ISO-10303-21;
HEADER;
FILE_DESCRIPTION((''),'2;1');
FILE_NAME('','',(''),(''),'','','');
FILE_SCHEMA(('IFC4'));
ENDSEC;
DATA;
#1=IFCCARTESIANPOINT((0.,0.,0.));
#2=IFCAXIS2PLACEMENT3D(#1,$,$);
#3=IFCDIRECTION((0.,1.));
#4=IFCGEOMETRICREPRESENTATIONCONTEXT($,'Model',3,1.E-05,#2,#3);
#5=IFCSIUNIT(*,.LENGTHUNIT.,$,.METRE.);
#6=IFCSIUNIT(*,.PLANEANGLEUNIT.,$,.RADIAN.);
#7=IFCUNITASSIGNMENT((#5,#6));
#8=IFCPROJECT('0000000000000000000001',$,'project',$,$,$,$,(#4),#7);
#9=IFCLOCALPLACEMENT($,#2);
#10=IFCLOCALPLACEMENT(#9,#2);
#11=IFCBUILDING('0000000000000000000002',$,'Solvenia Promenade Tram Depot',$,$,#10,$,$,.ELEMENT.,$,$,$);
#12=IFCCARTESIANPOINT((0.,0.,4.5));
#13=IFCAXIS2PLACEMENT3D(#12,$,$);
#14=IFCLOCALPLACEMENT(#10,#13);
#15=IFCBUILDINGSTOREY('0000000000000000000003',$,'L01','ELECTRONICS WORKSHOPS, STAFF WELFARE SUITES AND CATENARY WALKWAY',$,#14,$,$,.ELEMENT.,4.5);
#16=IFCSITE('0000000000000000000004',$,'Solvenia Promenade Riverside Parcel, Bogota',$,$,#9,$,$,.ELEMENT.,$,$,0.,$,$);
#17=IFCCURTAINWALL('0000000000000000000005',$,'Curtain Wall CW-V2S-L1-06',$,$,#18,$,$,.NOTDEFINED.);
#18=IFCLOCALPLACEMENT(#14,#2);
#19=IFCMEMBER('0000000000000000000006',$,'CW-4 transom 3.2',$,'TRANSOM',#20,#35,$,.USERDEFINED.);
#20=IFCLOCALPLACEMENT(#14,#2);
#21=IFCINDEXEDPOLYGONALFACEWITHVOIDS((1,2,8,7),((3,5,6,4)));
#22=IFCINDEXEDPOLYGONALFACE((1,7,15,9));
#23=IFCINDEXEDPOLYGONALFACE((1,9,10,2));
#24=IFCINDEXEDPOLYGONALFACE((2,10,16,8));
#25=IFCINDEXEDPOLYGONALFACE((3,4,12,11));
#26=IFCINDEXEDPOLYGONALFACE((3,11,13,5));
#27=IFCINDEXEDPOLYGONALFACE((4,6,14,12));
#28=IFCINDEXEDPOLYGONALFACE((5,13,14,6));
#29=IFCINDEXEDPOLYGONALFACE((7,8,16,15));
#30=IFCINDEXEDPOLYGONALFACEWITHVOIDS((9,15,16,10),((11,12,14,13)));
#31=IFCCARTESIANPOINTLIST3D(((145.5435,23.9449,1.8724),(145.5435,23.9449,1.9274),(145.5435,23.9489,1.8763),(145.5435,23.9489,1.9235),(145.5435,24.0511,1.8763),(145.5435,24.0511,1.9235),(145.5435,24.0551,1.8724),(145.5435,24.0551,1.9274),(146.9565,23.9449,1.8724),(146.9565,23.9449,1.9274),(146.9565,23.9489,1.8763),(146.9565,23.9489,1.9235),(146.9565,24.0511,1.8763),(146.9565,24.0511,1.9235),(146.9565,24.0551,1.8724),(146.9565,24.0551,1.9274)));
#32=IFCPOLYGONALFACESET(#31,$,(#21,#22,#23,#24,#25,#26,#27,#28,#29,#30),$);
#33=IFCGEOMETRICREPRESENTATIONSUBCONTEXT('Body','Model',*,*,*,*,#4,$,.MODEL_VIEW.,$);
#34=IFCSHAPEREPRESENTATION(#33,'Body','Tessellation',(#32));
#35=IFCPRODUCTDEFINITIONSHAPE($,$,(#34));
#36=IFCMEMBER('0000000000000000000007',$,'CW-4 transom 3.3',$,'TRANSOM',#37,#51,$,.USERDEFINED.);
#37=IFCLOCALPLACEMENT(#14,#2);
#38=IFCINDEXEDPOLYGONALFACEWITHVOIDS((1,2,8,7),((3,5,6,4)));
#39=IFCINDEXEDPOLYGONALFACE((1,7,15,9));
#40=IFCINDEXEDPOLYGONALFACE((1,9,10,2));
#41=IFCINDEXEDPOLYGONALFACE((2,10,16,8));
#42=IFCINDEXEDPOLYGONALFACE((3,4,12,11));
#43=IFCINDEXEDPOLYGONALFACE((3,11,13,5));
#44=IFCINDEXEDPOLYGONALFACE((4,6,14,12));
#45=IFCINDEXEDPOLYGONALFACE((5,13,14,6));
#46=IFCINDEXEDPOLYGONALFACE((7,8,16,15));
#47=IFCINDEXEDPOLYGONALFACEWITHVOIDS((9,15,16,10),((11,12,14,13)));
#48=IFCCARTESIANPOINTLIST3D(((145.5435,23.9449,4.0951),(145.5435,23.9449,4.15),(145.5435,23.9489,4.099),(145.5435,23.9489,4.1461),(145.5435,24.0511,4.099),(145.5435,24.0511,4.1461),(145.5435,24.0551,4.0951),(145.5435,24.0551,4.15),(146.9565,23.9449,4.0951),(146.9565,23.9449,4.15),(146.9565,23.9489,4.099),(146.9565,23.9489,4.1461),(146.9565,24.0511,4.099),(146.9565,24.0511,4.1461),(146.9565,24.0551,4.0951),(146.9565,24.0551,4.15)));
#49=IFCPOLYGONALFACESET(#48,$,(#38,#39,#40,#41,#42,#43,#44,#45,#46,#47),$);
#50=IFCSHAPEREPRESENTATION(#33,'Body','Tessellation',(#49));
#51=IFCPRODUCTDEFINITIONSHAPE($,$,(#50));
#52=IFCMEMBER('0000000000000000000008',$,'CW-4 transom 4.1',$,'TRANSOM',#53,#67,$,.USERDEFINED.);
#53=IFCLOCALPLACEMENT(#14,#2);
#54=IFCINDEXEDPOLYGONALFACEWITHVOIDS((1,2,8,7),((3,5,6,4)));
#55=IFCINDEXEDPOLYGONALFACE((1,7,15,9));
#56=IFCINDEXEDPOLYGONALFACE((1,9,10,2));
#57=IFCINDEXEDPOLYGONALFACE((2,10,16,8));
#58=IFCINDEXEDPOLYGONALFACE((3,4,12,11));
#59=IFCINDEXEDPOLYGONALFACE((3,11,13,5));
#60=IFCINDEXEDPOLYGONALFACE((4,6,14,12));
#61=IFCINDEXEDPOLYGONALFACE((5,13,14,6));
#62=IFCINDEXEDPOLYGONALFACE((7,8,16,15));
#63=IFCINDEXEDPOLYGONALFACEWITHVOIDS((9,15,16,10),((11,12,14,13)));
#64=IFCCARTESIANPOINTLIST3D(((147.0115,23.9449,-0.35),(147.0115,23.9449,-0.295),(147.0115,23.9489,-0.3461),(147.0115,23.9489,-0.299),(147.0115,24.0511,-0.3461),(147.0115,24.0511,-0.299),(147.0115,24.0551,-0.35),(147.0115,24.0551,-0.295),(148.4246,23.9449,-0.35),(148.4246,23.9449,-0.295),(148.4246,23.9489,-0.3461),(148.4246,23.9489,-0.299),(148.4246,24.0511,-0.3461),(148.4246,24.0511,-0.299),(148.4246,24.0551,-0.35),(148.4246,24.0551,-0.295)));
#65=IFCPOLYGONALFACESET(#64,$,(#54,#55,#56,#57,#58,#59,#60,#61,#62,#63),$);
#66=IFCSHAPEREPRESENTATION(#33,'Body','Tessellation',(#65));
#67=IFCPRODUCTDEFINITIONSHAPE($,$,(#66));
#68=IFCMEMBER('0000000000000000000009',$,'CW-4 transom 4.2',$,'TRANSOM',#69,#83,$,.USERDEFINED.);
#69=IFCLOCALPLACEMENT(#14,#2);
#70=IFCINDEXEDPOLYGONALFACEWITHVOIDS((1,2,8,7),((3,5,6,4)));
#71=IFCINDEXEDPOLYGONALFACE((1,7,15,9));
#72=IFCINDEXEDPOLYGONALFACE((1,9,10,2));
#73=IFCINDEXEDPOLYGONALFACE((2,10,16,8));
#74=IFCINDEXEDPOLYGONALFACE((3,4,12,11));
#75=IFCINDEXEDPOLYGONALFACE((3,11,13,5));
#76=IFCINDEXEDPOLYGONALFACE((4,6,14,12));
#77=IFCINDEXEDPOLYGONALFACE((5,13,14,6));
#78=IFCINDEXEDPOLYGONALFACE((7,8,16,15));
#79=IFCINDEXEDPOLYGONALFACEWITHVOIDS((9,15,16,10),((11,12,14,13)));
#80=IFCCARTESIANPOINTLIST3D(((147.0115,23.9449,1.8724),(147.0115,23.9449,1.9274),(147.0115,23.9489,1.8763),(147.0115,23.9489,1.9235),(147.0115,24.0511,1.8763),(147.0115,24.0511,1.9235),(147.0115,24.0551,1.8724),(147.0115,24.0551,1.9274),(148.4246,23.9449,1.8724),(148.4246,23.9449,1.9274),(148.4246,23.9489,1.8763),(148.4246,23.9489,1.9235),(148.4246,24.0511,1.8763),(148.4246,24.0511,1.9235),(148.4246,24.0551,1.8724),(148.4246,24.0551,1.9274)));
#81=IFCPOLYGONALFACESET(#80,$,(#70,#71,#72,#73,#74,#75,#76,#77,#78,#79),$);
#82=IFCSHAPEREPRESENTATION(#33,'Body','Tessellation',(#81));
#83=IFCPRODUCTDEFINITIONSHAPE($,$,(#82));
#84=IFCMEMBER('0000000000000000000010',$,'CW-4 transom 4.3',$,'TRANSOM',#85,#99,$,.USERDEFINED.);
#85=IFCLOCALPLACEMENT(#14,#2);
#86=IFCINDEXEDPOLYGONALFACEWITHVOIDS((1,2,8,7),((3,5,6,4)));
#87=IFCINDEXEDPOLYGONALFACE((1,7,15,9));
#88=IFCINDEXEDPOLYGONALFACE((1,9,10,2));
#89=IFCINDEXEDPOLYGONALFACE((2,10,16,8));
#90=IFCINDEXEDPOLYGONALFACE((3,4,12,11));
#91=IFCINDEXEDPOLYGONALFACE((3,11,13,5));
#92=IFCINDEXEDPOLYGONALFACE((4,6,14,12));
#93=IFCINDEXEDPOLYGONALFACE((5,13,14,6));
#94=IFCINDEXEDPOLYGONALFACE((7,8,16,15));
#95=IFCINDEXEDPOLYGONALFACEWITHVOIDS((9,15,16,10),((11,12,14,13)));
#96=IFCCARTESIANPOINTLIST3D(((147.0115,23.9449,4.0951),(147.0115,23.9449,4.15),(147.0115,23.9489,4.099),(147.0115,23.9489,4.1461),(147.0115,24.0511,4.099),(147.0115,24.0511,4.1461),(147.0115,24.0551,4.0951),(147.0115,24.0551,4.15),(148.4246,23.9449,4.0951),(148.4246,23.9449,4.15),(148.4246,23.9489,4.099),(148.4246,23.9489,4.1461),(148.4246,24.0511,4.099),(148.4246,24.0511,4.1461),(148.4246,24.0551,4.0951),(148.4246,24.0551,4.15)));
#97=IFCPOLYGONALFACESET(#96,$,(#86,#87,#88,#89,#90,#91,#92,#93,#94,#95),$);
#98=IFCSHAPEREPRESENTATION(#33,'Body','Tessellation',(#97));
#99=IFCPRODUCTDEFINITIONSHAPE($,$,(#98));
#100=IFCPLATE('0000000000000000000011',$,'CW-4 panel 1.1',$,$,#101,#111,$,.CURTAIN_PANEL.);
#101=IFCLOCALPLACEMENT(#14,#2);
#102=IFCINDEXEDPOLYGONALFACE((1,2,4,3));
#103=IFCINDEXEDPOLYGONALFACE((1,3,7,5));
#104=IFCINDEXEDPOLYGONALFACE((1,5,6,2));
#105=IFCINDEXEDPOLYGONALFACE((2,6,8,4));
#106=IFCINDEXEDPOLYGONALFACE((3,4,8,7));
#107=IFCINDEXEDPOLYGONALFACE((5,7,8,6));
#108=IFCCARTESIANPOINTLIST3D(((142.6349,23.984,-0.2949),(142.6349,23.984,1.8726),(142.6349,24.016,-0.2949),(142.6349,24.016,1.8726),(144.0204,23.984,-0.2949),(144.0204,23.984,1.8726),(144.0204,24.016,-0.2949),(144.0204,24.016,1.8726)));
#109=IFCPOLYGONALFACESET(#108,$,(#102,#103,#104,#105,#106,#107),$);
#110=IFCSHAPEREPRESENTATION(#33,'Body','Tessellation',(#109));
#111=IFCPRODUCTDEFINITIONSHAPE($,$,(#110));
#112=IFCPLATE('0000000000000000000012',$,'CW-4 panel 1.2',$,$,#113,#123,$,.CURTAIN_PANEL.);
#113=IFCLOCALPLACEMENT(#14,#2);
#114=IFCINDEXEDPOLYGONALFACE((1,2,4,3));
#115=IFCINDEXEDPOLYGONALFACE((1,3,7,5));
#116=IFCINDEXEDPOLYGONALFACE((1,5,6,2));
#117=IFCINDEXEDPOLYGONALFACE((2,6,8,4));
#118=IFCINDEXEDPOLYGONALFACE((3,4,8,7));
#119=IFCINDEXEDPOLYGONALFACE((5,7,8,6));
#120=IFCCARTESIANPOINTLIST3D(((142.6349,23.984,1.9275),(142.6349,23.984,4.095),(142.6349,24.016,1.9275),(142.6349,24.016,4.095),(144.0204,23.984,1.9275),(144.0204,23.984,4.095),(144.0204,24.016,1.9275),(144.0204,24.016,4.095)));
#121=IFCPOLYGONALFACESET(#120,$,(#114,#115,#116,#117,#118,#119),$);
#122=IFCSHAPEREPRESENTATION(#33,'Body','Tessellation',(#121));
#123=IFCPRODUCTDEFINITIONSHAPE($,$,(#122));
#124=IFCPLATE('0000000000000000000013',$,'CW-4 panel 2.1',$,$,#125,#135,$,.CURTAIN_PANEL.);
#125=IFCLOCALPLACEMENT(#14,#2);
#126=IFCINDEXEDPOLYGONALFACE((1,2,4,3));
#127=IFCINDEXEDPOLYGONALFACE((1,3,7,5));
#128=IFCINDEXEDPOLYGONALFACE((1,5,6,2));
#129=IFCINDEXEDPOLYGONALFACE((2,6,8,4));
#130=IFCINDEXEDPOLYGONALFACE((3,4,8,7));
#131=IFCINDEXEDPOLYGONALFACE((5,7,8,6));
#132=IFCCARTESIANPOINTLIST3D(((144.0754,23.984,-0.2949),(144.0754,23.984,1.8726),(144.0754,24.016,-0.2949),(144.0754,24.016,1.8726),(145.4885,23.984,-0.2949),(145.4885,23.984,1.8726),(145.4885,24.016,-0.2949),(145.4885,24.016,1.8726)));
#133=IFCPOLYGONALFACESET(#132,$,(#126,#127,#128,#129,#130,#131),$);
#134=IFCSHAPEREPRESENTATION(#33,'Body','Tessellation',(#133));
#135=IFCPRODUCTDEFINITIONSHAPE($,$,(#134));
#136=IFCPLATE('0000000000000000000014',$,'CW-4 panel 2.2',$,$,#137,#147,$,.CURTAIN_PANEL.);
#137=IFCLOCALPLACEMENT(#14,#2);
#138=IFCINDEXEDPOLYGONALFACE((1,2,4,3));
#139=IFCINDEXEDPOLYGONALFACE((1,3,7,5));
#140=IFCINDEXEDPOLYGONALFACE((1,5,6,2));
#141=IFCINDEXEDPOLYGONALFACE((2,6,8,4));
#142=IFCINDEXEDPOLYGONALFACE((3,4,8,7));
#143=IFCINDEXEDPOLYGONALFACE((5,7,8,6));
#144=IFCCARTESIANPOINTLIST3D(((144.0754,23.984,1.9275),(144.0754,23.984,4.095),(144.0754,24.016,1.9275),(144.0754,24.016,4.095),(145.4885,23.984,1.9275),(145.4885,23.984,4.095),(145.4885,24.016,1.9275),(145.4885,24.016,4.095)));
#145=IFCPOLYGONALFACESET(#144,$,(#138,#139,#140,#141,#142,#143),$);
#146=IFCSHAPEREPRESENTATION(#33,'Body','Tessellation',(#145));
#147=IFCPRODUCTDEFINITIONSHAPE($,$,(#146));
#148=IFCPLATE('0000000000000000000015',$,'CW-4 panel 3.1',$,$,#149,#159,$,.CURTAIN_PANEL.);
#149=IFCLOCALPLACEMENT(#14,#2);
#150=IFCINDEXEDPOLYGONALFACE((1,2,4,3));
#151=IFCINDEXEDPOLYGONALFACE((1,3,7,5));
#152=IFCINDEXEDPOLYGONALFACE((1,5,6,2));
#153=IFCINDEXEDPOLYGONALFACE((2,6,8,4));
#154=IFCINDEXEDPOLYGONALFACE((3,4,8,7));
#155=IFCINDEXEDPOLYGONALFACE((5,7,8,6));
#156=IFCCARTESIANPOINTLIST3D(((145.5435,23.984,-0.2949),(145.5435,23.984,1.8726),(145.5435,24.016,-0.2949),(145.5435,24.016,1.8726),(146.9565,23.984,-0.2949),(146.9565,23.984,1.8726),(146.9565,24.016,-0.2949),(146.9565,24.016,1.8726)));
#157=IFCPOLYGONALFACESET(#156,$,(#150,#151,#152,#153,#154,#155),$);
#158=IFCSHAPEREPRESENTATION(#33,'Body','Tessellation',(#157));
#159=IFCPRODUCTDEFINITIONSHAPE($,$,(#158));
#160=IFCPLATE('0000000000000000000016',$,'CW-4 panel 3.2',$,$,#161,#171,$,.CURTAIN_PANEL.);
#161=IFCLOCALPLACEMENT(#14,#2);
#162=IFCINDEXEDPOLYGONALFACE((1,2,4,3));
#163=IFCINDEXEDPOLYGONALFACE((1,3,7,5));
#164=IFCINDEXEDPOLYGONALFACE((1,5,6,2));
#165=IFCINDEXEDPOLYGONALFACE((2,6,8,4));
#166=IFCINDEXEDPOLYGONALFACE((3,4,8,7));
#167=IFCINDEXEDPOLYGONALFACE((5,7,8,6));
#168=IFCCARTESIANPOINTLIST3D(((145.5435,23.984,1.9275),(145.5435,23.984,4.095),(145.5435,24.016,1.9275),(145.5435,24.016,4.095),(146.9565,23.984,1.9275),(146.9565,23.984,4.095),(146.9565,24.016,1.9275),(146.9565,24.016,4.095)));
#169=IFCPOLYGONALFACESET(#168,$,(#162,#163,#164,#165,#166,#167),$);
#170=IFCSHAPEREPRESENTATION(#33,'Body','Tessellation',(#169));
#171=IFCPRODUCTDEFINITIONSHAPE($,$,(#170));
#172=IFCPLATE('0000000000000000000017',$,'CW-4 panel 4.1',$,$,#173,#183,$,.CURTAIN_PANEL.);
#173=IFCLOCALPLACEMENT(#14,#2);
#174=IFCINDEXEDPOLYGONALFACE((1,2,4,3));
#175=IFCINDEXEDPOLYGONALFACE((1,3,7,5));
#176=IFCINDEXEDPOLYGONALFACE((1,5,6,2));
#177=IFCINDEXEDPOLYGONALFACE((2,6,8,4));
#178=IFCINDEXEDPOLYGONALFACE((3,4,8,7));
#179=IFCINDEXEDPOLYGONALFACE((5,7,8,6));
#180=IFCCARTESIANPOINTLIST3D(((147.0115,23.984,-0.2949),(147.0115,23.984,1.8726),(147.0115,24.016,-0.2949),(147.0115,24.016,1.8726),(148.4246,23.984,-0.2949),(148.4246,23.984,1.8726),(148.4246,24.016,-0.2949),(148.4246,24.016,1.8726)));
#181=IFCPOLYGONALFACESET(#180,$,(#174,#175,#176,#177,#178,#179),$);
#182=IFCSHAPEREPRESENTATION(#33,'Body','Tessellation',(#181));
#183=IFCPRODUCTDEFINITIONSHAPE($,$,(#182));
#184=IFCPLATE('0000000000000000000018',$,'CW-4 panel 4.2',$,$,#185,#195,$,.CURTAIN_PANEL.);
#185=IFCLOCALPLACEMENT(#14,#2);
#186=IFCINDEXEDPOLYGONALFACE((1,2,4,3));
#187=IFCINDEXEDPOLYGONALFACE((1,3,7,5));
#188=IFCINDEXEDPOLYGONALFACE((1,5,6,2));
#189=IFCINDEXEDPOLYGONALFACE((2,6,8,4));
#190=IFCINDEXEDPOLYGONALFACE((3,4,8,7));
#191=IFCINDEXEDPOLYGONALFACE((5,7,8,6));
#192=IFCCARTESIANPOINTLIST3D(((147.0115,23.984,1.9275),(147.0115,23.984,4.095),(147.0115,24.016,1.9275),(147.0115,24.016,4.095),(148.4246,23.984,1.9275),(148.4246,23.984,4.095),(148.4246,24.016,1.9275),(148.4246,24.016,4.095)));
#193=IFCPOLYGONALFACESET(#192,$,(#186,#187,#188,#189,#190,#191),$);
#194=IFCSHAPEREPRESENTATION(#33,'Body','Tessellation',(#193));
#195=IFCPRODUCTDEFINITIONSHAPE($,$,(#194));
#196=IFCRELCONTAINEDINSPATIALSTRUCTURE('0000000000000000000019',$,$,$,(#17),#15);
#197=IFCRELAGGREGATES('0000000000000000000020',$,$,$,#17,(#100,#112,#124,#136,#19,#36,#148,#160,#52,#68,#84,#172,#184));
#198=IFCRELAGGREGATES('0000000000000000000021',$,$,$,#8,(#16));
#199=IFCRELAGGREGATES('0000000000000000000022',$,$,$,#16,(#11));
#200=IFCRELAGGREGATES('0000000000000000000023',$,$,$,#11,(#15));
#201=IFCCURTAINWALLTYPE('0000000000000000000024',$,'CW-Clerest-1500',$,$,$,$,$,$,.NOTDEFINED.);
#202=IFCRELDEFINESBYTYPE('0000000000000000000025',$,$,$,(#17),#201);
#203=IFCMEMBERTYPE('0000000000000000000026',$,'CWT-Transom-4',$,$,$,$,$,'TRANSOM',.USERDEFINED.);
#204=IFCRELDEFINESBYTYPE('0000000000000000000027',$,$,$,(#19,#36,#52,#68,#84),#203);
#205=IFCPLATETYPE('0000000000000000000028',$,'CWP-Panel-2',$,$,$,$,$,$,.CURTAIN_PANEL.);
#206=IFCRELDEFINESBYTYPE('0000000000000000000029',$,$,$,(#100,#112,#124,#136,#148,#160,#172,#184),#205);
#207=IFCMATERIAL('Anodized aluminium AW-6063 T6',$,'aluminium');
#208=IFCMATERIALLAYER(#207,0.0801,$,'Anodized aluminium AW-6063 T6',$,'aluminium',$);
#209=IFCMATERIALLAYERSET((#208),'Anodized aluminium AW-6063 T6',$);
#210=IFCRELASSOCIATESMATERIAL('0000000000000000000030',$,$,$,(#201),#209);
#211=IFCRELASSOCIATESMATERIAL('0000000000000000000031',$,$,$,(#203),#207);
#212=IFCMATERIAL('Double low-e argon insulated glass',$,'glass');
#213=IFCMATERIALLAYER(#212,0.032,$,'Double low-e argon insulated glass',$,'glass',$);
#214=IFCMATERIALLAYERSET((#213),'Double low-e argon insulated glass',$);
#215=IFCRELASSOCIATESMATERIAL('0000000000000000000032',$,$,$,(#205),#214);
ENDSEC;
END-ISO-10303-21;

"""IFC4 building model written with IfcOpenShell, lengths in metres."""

from ifc_helpers import new_model, si_unit, direction, frame, origin, origin_2d, place, context, subcontext, project, spatial, rectangle, hollow_rectangle, extrude, material, layer, layer_set, material_profile, profile_set, type_object, element, aggregate, save


model = new_model("IFC4")

# Units and contexts
model_context = context("Model", 3, precision=1e-05, world=origin(), true_north=direction((0.0, 1.0)))
body_context = subcontext(model_context, "Body", "Model", "MODEL_VIEW")
ifc_project = project(units=[si_unit("LENGTHUNIT", "METRE"), si_unit("PLANEANGLEUNIT", "RADIAN")], contexts=[model_context])

# Site, building, storey
site_placement = place(None, origin())
site = spatial("IfcSite", under=ifc_project, at=site_placement, Name="Solvenia Promenade Riverside Parcel, Bogota", CompositionType="ELEMENT", RefElevation=0.0)
building_placement = place(site_placement, origin())
building = spatial("IfcBuilding", under=site, at=building_placement, Name="Solvenia Promenade Tram Depot", CompositionType="ELEMENT")
storey_placement = place(building_placement, frame((0.0, 0.0, 4.5)))
storey = spatial("IfcBuildingStorey", under=building, at=storey_placement, Name="L01", Description="ELECTRONICS WORKSHOPS, STAFF WELFARE SUITES AND CATENARY WALKWAY", CompositionType="ELEMENT", Elevation=4.5)

# Curtain wall, members, plates
ifc_material_1 = material(Name="Anodized aluminium AW-6063 T6", Category="aluminium")
ifc_layer_1 = layer(ifc_material_1, 0.0801, Name="Anodized aluminium AW-6063 T6", Category="aluminium")
ifc_layer_set_1 = layer_set([ifc_layer_1], Name="Anodized aluminium AW-6063 T6")
curtain_wall_type = type_object("IfcCurtainWallType", Name="CW-Clerest-1500", PredefinedType="NOTDEFINED", material=ifc_layer_set_1)
curtain_wall_placement = place(storey_placement, origin())
curtain_wall = element("IfcCurtainWall", 1, at=curtain_wall_placement, inside=storey, type_object=curtain_wall_type, Name="Curtain Wall CW-V2S-L1-06", PredefinedType="NOTDEFINED")
ifc_material_profile_1 = material_profile(ifc_material_1, hollow_rectangle(XDim=0.1101, YDim=0.0549, WallThickness=0.0039, at=origin_2d()), Name="ALU-T4", Category="aluminium")
ifc_profile_set_1 = profile_set([ifc_material_profile_1], Name="Anodized aluminium AW-6063 T6")
member_type_1 = type_object("IfcMemberType", Name="CWT-Transom-4", ElementType="TRANSOM", PredefinedType="USERDEFINED", material=ifc_profile_set_1)
member_1_placement = place(storey_placement, frame((145.5435, 24.0, 1.8999), z_axis=(1.0, 0.0, 0.0), x_axis=(0.0, 1.0, 0.0)))
member_1 = element("IfcMember", 2, at=member_1_placement, type_object=member_type_1, Name="CW-4 transom 3.2", ObjectType="TRANSOM", PredefinedType="USERDEFINED", context=body_context, shape_type="SweptSolid", body=[
    extrude(hollow_rectangle(XDim=0.1101, YDim=0.0549, WallThickness=0.0039, at=origin_2d()), origin(), (0.0, 0.0, 1.0), 1.4131),
])
member_2_placement = place(storey_placement, frame((145.5435, 24.0, 4.1226), z_axis=(1.0, 0.0, 0.0), x_axis=(0.0, 1.0, 0.0)))
member_2 = element("IfcMember", 3, at=member_2_placement, type_object=member_type_1, Name="CW-4 transom 3.3", ObjectType="TRANSOM", PredefinedType="USERDEFINED", context=body_context, shape_type="SweptSolid", body=[
    extrude(hollow_rectangle(XDim=0.1101, YDim=0.0549, WallThickness=0.0039, at=origin_2d()), origin(), (0.0, 0.0, 1.0), 1.4131),
])
member_3_placement = place(storey_placement, frame((147.0115, 24.0, -0.3225), z_axis=(1.0, 0.0, 0.0), x_axis=(0.0, 1.0, 0.0)))
member_3 = element("IfcMember", 4, at=member_3_placement, type_object=member_type_1, Name="CW-4 transom 4.1", ObjectType="TRANSOM", PredefinedType="USERDEFINED", context=body_context, shape_type="SweptSolid", body=[
    extrude(hollow_rectangle(XDim=0.1101, YDim=0.0549, WallThickness=0.0039, at=origin_2d()), origin(), (0.0, 0.0, 1.0), 1.4131),
])
member_4_placement = place(storey_placement, frame((147.0115, 24.0, 1.8999), z_axis=(1.0, 0.0, 0.0), x_axis=(0.0, 1.0, 0.0)))
member_4 = element("IfcMember", 5, at=member_4_placement, type_object=member_type_1, Name="CW-4 transom 4.2", ObjectType="TRANSOM", PredefinedType="USERDEFINED", context=body_context, shape_type="SweptSolid", body=[
    extrude(hollow_rectangle(XDim=0.1101, YDim=0.0549, WallThickness=0.0039, at=origin_2d()), origin(), (0.0, 0.0, 1.0), 1.4131),
])
member_5_placement = place(storey_placement, frame((147.0115, 24.0, 4.1226), z_axis=(1.0, 0.0, 0.0), x_axis=(0.0, 1.0, 0.0)))
member_5 = element("IfcMember", 6, at=member_5_placement, type_object=member_type_1, Name="CW-4 transom 4.3", ObjectType="TRANSOM", PredefinedType="USERDEFINED", context=body_context, shape_type="SweptSolid", body=[
    extrude(hollow_rectangle(XDim=0.1101, YDim=0.0549, WallThickness=0.0039, at=origin_2d()), origin(), (0.0, 0.0, 1.0), 1.4131),
])
ifc_material_2 = material(Name="Double low-e argon insulated glass", Category="glass")
ifc_layer_2 = layer(ifc_material_2, 0.032, Name="Double low-e argon insulated glass", Category="glass")
ifc_layer_set_2 = layer_set([ifc_layer_2], Name="Double low-e argon insulated glass")
plate_type = type_object("IfcPlateType", Name="CWP-Panel-2", PredefinedType="CURTAIN_PANEL", material=ifc_layer_set_2)
plate_1_placement = place(storey_placement, frame((143.3276, 24.0, -0.2949), z_axis=(0.0, 0.0, 1.0), x_axis=(1.0, 0.0, 0.0)))
plate_1 = element("IfcPlate", 7, at=plate_1_placement, type_object=plate_type, Name="CW-4 panel 1.1", PredefinedType="CURTAIN_PANEL", context=body_context, shape_type="SweptSolid", body=[
    extrude(rectangle(XDim=1.3855, YDim=0.032, at=origin_2d()), origin(), (0.0, 0.0, 1.0), 2.1675),
])
plate_2_placement = place(storey_placement, frame((143.3276, 24.0, 1.9275), z_axis=(0.0, 0.0, 1.0), x_axis=(1.0, 0.0, 0.0)))
plate_2 = element("IfcPlate", 8, at=plate_2_placement, type_object=plate_type, Name="CW-4 panel 1.2", PredefinedType="CURTAIN_PANEL", context=body_context, shape_type="SweptSolid", body=[
    extrude(rectangle(XDim=1.3855, YDim=0.032, at=origin_2d()), origin(), (0.0, 0.0, 1.0), 2.1675),
])
plate_3_placement = place(storey_placement, frame((144.782, 24.0, -0.2949), z_axis=(0.0, 0.0, 1.0), x_axis=(1.0, 0.0, 0.0)))
plate_3 = element("IfcPlate", 9, at=plate_3_placement, type_object=plate_type, Name="CW-4 panel 2.1", PredefinedType="CURTAIN_PANEL", context=body_context, shape_type="SweptSolid", body=[
    extrude(rectangle(XDim=1.4131, YDim=0.032, at=origin_2d()), origin(), (0.0, 0.0, 1.0), 2.1675),
])
plate_4_placement = place(storey_placement, frame((144.782, 24.0, 1.9275), z_axis=(0.0, 0.0, 1.0), x_axis=(1.0, 0.0, 0.0)))
plate_4 = element("IfcPlate", 10, at=plate_4_placement, type_object=plate_type, Name="CW-4 panel 2.2", PredefinedType="CURTAIN_PANEL", context=body_context, shape_type="SweptSolid", body=[
    extrude(rectangle(XDim=1.4131, YDim=0.032, at=origin_2d()), origin(), (0.0, 0.0, 1.0), 2.1675),
])
plate_5_placement = place(storey_placement, frame((146.25, 24.0, -0.2949), z_axis=(0.0, 0.0, 1.0), x_axis=(1.0, 0.0, 0.0)))
plate_5 = element("IfcPlate", 11, at=plate_5_placement, type_object=plate_type, Name="CW-4 panel 3.1", PredefinedType="CURTAIN_PANEL", context=body_context, shape_type="SweptSolid", body=[
    extrude(rectangle(XDim=1.4131, YDim=0.032, at=origin_2d()), origin(), (0.0, 0.0, 1.0), 2.1675),
])
plate_6_placement = place(storey_placement, frame((146.25, 24.0, 1.9275), z_axis=(0.0, 0.0, 1.0), x_axis=(1.0, 0.0, 0.0)))
plate_6 = element("IfcPlate", 12, at=plate_6_placement, type_object=plate_type, Name="CW-4 panel 3.2", PredefinedType="CURTAIN_PANEL", context=body_context, shape_type="SweptSolid", body=[
    extrude(rectangle(XDim=1.4131, YDim=0.032, at=origin_2d()), origin(), (0.0, 0.0, 1.0), 2.1675),
])
plate_7_placement = place(storey_placement, frame((147.718, 24.0, -0.2949), z_axis=(0.0, 0.0, 1.0), x_axis=(1.0, 0.0, 0.0)))
plate_7 = element("IfcPlate", 13, at=plate_7_placement, type_object=plate_type, Name="CW-4 panel 4.1", PredefinedType="CURTAIN_PANEL", context=body_context, shape_type="SweptSolid", body=[
    extrude(rectangle(XDim=1.4131, YDim=0.032, at=origin_2d()), origin(), (0.0, 0.0, 1.0), 2.1675),
])
plate_8_placement = place(storey_placement, frame((147.718, 24.0, 1.9275), z_axis=(0.0, 0.0, 1.0), x_axis=(1.0, 0.0, 0.0)))
plate_8 = element("IfcPlate", 14, at=plate_8_placement, type_object=plate_type, Name="CW-4 panel 4.2", PredefinedType="CURTAIN_PANEL", context=body_context, shape_type="SweptSolid", body=[
    extrude(rectangle(XDim=1.4131, YDim=0.032, at=origin_2d()), origin(), (0.0, 0.0, 1.0), 2.1675),
])
aggregate(curtain_wall, [plate_1, plate_2, plate_3, plate_4, member_1, member_2, plate_5, plate_6, member_3, member_4, member_5, plate_7, plate_8])

save(model, "model.ifc")
